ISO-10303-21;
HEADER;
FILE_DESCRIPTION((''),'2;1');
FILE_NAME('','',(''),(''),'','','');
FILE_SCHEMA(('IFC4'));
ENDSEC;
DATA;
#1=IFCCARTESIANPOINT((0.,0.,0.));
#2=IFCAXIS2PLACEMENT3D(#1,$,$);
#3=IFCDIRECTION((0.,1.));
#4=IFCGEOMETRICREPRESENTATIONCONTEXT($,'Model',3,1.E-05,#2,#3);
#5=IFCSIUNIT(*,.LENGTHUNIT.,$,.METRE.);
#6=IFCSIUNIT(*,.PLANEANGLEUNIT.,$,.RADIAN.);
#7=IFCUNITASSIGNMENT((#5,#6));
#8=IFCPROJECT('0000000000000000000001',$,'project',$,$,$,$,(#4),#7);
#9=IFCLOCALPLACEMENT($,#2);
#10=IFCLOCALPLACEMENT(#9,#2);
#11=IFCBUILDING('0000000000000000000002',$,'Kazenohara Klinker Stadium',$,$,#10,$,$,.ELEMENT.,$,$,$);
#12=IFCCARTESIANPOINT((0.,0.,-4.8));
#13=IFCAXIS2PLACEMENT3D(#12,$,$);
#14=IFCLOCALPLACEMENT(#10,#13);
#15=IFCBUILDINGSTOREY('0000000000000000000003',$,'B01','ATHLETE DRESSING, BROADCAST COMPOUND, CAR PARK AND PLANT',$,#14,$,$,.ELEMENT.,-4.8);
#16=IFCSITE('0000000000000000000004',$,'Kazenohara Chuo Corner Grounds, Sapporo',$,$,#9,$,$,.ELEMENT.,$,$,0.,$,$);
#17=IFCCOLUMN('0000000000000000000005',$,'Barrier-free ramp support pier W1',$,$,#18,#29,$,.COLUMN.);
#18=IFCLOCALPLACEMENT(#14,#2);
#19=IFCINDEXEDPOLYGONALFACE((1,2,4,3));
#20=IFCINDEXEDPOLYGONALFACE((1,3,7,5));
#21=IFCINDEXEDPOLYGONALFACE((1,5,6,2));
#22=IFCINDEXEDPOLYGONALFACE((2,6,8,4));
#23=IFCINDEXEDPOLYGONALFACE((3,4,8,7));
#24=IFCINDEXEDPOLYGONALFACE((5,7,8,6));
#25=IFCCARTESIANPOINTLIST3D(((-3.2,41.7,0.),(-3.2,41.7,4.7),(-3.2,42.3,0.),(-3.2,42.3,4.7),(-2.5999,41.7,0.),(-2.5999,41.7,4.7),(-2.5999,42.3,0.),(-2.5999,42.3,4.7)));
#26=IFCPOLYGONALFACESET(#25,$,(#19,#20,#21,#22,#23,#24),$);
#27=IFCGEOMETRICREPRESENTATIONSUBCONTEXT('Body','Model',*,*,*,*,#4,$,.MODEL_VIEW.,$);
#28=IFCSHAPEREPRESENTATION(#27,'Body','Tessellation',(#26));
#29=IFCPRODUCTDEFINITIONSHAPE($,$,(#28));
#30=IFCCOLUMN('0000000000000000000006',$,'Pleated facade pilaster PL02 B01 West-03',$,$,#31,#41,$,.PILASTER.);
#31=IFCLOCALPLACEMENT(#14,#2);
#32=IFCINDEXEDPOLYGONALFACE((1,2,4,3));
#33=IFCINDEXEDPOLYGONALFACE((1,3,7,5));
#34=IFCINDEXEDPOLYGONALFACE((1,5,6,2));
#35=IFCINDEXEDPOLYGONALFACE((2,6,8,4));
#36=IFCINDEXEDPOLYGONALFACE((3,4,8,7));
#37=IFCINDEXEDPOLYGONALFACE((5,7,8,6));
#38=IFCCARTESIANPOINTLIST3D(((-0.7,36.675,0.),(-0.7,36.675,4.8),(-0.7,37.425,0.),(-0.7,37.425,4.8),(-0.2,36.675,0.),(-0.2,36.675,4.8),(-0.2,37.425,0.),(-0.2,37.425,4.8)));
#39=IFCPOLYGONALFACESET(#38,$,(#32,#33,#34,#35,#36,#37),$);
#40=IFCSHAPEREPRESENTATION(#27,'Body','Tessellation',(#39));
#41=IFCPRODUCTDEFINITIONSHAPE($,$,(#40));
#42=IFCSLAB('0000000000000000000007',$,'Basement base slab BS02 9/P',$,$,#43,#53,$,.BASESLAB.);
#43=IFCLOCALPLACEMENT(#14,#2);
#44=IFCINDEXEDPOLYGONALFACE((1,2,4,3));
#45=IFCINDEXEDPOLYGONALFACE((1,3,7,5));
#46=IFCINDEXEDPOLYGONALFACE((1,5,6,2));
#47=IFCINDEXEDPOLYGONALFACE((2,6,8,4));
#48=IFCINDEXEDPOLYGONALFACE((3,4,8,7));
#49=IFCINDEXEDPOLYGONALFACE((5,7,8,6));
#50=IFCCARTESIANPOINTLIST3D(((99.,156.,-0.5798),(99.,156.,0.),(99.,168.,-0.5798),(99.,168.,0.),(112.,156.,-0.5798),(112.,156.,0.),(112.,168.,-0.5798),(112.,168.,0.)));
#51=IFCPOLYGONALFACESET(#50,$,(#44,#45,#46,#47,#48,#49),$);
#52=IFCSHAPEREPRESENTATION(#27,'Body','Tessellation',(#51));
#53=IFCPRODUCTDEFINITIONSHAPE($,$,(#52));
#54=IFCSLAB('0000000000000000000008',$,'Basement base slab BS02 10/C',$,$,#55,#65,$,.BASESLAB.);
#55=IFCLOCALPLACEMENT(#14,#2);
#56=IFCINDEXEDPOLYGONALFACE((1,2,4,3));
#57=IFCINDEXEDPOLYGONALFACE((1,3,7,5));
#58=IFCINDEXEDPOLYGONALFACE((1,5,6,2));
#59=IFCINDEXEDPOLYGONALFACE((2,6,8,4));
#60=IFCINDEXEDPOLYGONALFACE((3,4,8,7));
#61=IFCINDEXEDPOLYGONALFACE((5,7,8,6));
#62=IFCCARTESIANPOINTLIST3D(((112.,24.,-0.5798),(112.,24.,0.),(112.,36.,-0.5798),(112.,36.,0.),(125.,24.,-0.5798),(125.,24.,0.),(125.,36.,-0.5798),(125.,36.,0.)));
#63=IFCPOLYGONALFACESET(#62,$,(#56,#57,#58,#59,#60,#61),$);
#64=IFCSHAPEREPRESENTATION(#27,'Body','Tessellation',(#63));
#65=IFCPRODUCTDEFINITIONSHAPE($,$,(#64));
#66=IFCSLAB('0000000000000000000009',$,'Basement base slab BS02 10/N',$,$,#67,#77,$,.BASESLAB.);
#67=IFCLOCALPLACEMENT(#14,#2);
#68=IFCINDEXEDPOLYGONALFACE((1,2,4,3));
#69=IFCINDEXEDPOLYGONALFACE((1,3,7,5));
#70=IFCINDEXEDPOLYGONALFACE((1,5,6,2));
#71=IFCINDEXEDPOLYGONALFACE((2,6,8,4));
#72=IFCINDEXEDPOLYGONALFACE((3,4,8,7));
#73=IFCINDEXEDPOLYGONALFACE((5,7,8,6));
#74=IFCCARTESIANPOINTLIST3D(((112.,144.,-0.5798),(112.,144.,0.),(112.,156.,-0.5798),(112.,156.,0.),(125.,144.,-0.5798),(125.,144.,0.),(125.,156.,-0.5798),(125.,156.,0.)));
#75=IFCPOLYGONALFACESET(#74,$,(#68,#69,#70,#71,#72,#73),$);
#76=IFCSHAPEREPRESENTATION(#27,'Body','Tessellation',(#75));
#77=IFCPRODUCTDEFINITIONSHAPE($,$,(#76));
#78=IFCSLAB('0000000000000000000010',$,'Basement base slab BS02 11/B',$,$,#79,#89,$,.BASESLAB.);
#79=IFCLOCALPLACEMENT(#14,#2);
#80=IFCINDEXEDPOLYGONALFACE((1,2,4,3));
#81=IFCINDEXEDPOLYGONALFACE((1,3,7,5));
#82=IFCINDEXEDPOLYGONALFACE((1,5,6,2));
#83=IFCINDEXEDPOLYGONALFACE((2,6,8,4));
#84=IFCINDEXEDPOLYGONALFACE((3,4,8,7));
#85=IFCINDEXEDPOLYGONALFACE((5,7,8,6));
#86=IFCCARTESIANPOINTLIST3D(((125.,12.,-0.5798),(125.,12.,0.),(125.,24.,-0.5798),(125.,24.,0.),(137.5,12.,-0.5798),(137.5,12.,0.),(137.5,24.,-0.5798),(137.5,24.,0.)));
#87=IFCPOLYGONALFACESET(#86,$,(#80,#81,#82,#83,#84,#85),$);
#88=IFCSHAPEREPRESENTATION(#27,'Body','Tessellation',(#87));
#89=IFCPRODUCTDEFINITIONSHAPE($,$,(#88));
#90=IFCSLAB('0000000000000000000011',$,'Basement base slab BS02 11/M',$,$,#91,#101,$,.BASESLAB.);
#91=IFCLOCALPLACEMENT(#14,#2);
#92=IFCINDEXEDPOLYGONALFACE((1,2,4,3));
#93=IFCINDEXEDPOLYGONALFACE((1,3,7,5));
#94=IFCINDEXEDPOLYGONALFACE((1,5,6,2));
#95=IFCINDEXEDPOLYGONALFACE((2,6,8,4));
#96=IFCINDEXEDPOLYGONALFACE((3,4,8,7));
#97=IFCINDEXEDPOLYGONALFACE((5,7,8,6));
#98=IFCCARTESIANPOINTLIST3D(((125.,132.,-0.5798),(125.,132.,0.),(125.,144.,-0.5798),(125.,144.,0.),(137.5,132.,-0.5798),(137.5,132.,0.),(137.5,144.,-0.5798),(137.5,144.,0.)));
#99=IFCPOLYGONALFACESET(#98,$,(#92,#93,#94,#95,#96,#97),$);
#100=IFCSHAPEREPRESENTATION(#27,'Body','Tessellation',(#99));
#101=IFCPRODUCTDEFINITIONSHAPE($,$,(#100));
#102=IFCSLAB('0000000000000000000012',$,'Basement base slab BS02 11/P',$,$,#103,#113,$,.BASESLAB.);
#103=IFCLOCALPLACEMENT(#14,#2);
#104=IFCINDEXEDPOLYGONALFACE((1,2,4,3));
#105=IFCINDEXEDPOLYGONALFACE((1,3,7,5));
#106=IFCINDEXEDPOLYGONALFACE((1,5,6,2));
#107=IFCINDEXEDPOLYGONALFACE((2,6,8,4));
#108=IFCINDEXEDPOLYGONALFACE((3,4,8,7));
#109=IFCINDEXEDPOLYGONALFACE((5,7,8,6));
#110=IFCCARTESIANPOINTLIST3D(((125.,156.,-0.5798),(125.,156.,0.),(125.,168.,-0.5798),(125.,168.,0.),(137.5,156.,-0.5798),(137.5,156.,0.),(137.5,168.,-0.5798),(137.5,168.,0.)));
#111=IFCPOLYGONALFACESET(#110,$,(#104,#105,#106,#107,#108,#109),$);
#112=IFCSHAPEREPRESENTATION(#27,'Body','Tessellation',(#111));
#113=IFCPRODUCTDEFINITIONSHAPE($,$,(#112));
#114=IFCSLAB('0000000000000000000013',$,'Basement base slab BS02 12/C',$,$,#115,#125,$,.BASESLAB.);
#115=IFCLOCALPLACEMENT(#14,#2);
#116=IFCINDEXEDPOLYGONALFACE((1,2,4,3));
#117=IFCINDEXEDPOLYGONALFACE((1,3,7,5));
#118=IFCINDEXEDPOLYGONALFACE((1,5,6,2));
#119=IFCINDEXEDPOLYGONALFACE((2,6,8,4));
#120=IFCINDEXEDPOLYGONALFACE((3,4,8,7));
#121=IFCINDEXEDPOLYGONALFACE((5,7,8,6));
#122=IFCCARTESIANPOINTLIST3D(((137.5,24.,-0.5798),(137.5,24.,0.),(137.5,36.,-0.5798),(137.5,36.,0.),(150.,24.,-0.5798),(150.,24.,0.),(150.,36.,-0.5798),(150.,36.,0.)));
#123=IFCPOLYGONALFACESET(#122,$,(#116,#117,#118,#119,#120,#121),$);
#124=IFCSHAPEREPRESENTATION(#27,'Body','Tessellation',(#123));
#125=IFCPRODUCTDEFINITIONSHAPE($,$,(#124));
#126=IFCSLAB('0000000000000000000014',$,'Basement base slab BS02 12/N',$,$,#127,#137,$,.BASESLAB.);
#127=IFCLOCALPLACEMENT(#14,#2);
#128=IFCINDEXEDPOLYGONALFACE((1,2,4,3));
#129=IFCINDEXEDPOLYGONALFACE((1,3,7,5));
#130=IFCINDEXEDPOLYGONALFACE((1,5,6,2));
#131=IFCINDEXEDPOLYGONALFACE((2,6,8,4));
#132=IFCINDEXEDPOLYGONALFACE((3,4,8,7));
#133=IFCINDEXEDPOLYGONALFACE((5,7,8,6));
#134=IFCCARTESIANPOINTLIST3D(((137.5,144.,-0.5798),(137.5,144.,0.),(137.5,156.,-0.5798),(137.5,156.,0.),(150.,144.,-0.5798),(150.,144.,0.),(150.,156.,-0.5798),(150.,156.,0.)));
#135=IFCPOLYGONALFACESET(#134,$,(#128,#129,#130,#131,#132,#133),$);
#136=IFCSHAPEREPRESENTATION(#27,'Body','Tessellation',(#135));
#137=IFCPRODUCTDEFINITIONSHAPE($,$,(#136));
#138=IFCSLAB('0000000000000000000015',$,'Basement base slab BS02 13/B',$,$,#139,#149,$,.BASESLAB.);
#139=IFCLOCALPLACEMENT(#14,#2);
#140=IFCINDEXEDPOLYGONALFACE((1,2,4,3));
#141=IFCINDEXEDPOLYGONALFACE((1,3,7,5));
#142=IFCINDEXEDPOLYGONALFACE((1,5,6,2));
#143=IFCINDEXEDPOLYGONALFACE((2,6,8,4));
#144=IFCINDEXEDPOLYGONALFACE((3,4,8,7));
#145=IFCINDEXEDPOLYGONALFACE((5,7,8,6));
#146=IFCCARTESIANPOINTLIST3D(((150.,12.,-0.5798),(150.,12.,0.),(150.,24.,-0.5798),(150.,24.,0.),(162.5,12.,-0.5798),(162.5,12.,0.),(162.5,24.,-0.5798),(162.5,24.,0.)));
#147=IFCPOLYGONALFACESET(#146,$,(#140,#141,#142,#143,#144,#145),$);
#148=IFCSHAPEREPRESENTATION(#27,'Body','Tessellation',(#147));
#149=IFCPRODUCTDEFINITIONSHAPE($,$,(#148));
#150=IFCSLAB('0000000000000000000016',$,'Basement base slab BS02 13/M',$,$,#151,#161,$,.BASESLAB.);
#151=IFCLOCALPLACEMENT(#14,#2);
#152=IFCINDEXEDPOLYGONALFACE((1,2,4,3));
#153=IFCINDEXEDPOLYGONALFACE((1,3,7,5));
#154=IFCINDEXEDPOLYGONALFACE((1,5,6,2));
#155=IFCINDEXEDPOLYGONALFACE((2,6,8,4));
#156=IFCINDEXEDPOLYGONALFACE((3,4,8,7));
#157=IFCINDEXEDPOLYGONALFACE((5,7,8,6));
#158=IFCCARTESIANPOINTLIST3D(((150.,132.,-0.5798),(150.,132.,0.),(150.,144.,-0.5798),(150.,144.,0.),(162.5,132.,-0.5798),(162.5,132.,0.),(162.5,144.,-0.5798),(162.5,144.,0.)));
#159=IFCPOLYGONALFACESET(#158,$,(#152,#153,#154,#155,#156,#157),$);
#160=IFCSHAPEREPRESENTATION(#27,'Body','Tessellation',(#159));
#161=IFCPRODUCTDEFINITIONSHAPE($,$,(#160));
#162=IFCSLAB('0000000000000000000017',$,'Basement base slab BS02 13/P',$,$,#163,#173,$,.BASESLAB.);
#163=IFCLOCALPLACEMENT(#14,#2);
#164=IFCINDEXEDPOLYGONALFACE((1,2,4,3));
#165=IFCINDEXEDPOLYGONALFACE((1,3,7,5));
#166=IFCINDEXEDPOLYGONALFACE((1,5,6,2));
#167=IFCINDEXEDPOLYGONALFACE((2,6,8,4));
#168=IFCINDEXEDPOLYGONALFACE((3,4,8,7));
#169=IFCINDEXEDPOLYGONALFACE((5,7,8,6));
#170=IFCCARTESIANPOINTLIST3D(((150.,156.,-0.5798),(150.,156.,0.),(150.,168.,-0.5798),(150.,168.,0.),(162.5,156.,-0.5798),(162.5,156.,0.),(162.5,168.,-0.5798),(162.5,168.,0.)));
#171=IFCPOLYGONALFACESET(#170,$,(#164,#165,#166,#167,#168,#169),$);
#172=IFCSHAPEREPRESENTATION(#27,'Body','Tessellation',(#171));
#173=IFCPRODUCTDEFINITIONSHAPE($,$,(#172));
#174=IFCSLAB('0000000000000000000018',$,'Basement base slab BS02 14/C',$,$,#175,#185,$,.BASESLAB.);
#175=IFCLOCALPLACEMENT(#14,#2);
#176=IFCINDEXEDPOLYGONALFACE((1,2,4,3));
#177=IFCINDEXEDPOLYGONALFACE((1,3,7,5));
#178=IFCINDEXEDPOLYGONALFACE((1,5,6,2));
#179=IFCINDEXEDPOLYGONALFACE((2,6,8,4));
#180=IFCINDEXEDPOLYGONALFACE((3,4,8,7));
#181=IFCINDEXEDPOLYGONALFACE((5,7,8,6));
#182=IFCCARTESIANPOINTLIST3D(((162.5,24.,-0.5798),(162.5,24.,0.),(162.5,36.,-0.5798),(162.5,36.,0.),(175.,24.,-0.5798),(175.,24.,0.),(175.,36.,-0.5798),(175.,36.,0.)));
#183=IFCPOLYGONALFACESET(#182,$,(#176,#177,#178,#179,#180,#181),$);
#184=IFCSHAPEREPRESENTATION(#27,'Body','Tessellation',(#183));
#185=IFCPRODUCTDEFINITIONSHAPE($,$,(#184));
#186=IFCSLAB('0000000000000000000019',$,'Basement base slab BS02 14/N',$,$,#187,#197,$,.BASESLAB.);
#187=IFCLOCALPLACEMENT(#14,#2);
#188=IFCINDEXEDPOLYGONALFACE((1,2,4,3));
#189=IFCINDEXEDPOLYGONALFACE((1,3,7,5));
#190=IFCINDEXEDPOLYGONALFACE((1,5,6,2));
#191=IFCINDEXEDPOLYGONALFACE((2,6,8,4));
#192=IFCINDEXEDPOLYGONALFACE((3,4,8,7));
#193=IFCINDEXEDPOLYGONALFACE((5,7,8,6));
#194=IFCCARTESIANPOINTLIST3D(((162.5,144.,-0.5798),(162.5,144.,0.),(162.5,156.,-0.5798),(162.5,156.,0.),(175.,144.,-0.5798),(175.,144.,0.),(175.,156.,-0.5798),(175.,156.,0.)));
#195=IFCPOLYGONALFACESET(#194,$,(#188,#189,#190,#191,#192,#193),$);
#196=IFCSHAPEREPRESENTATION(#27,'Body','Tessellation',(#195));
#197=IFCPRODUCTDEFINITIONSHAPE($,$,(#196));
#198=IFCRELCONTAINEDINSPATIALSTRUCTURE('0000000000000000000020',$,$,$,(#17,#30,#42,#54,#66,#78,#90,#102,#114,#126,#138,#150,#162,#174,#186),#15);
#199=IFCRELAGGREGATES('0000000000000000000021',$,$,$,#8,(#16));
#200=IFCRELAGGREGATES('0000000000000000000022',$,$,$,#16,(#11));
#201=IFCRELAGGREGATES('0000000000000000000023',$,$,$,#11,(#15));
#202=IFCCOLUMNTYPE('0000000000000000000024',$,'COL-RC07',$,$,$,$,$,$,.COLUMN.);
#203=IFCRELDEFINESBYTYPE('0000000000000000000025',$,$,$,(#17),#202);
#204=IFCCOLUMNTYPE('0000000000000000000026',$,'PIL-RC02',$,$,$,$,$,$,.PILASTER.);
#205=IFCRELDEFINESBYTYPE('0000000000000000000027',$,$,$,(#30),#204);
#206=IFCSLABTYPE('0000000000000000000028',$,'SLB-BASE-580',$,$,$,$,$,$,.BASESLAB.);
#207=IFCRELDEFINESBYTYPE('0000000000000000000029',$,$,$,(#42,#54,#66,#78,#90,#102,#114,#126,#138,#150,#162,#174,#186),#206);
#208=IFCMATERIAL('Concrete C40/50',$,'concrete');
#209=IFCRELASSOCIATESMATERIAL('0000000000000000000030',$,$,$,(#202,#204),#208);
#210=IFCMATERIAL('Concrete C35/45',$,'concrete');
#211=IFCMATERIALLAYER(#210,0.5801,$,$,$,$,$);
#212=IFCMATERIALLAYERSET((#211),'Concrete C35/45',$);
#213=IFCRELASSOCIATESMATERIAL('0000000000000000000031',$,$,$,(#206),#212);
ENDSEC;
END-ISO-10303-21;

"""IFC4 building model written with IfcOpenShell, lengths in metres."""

from ifc_helpers import new_model, si_unit, direction, frame, origin, origin_2d, place, context, subcontext, project, spatial, polyline, rectangle, outline, extrude, material, layer, layer_set, material_profile, profile_set, type_object, element, save


model = new_model("IFC4")

# Units and contexts
model_context = context("Model", 3, precision=1e-05, world=origin(), true_north=direction((0.0, 1.0)))
body_context = subcontext(model_context, "Body", "Model", "MODEL_VIEW")
ifc_project = project(units=[si_unit("LENGTHUNIT", "METRE"), si_unit("PLANEANGLEUNIT", "RADIAN")], contexts=[model_context])

# Site, building, storey
site_placement = place(None, origin())
site = spatial("IfcSite", under=ifc_project, at=site_placement, Name="Kazenohara Chuo Corner Grounds, Sapporo", CompositionType="ELEMENT", RefElevation=0.0)
building_placement = place(site_placement, origin())
building = spatial("IfcBuilding", under=site, at=building_placement, Name="Kazenohara Klinker Stadium", CompositionType="ELEMENT")
storey_placement = place(building_placement, frame((0.0, 0.0, -4.8)))
storey = spatial("IfcBuildingStorey", under=building, at=storey_placement, Name="B01", Description="ATHLETE DRESSING, BROADCAST COMPOUND, CAR PARK AND PLANT", CompositionType="ELEMENT", Elevation=-4.8)

# Shared definitions
ifc_material_1 = material(Name="Concrete C35/45", Category="concrete")

# Columns
ifc_material_2 = material(Name="Concrete C40/50", Category="concrete")
ifc_material_profile_1 = material_profile(ifc_material_2, rectangle(XDim=0.6001, YDim=0.6001, at=origin_2d()), Name="RC-COL-600x600")
ifc_profile_set_1 = profile_set([ifc_material_profile_1], Name="Concrete C40/50")
column_type_1 = type_object("IfcColumnType", Name="COL-RC07", PredefinedType="COLUMN", material=ifc_profile_set_1)
column_1_placement = place(storey_placement, frame((-2.8999, 42.0, 0.0), z_axis=(0.0, 0.0, 1.0), x_axis=(1.0, 0.0, 0.0)))
element("IfcColumn", 1, at=column_1_placement, inside=storey, type_object=column_type_1, Name="Barrier-free ramp support pier W1", PredefinedType="COLUMN", context=body_context, shape_type="SweptSolid", body=[
    extrude(rectangle(XDim=0.6001, YDim=0.6001, at=origin_2d()), origin(), (0.0, 0.0, 1.0), 4.7),
])
ifc_material_profile_2 = material_profile(ifc_material_2, rectangle(XDim=0.5, YDim=0.75, at=origin_2d()), Name="RC-PILASTER-500x750")
ifc_profile_set_2 = profile_set([ifc_material_profile_2], Name="Concrete C40/50")
column_type_2 = type_object("IfcColumnType", Name="PIL-RC02", PredefinedType="PILASTER", material=ifc_profile_set_2)
column_2_placement = place(storey_placement, frame((-0.45, 37.05, 0.0), z_axis=(0.0, 0.0, 1.0), x_axis=(1.0, 0.0, 0.0)))
element("IfcColumn", 2, at=column_2_placement, inside=storey, type_object=column_type_2, Name="Pleated facade pilaster PL02 B01 West-03", PredefinedType="PILASTER", context=body_context, shape_type="SweptSolid", body=[
    extrude(rectangle(XDim=0.5, YDim=0.75, at=origin_2d()), origin(), (0.0, 0.0, 1.0), 4.8),
])

# Slabs
ifc_layer_1 = layer(ifc_material_1, 0.5801)
ifc_layer_set_1 = layer_set([ifc_layer_1], Name="Concrete C35/45")
slab_type_1 = type_object("IfcSlabType", Name="SLB-BASE-580", PredefinedType="BASESLAB", material=ifc_layer_set_1)
slab_1_placement = place(storey_placement, frame((0.0, 0.0, -0.5798)))
element("IfcSlab", 3, at=slab_1_placement, inside=storey, type_object=slab_type_1, Name="Basement base slab BS02 9/P", PredefinedType="BASESLAB", context=body_context, shape_type="SweptSolid", body=[
    extrude(outline(polyline([(99.0, 156.0), (112.0, 156.0), (112.0, 168.0), (99.0, 168.0), (99.0, 156.0)])), origin(), (0.0, 0.0, 1.0), 0.5798),
])
slab_2_placement = place(storey_placement, frame((0.0, 0.0, -0.5798)))
element("IfcSlab", 4, at=slab_2_placement, inside=storey, type_object=slab_type_1, Name="Basement base slab BS02 10/C", PredefinedType="BASESLAB", context=body_context, shape_type="SweptSolid", body=[
    extrude(outline(polyline([(112.0, 24.0), (125.0, 24.0), (125.0, 36.0), (112.0, 36.0), (112.0, 24.0)])), origin(), (0.0, 0.0, 1.0), 0.5798),
])
slab_3_placement = place(storey_placement, frame((0.0, 0.0, -0.5798)))
element("IfcSlab", 5, at=slab_3_placement, inside=storey, type_object=slab_type_1, Name="Basement base slab BS02 10/N", PredefinedType="BASESLAB", context=body_context, shape_type="SweptSolid", body=[
    extrude(outline(polyline([(112.0, 144.0), (125.0, 144.0), (125.0, 156.0), (112.0, 156.0), (112.0, 144.0)])), origin(), (0.0, 0.0, 1.0), 0.5798),
])
slab_4_placement = place(storey_placement, frame((0.0, 0.0, -0.5798)))
element("IfcSlab", 6, at=slab_4_placement, inside=storey, type_object=slab_type_1, Name="Basement base slab BS02 11/B", PredefinedType="BASESLAB", context=body_context, shape_type="SweptSolid", body=[
    extrude(outline(polyline([(125.0, 12.0), (137.5, 12.0), (137.5, 24.0), (125.0, 24.0), (125.0, 12.0)])), origin(), (0.0, 0.0, 1.0), 0.5798),
])
slab_5_placement = place(storey_placement, frame((0.0, 0.0, -0.5798)))
element("IfcSlab", 7, at=slab_5_placement, inside=storey, type_object=slab_type_1, Name="Basement base slab BS02 11/M", PredefinedType="BASESLAB", context=body_context, shape_type="SweptSolid", body=[
    extrude(outline(polyline([(125.0, 132.0), (137.5, 132.0), (137.5, 144.0), (125.0, 144.0), (125.0, 132.0)])), origin(), (0.0, 0.0, 1.0), 0.5798),
])
slab_6_placement = place(storey_placement, frame((0.0, 0.0, -0.5798)))
element("IfcSlab", 8, at=slab_6_placement, inside=storey, type_object=slab_type_1, Name="Basement base slab BS02 11/P", PredefinedType="BASESLAB", context=body_context, shape_type="SweptSolid", body=[
    extrude(outline(polyline([(125.0, 156.0), (137.5, 156.0), (137.5, 168.0), (125.0, 168.0), (125.0, 156.0)])), origin(), (0.0, 0.0, 1.0), 0.5798),
])
slab_7_placement = place(storey_placement, frame((0.0, 0.0, -0.5798)))
element("IfcSlab", 9, at=slab_7_placement, inside=storey, type_object=slab_type_1, Name="Basement base slab BS02 12/C", PredefinedType="BASESLAB", context=body_context, shape_type="SweptSolid", body=[
    extrude(outline(polyline([(137.5, 24.0), (150.0, 24.0), (150.0, 36.0), (137.5, 36.0), (137.5, 24.0)])), origin(), (0.0, 0.0, 1.0), 0.5798),
])
slab_8_placement = place(storey_placement, frame((0.0, 0.0, -0.5798)))
element("IfcSlab", 10, at=slab_8_placement, inside=storey, type_object=slab_type_1, Name="Basement base slab BS02 12/N", PredefinedType="BASESLAB", context=body_context, shape_type="SweptSolid", body=[
    extrude(outline(polyline([(137.5, 144.0), (150.0, 144.0), (150.0, 156.0), (137.5, 156.0), (137.5, 144.0)])), origin(), (0.0, 0.0, 1.0), 0.5798),
])
slab_9_placement = place(storey_placement, frame((0.0, 0.0, -0.5798)))
element("IfcSlab", 11, at=slab_9_placement, inside=storey, type_object=slab_type_1, Name="Basement base slab BS02 13/B", PredefinedType="BASESLAB", context=body_context, shape_type="SweptSolid", body=[
    extrude(outline(polyline([(150.0, 12.0), (162.5, 12.0), (162.5, 24.0), (150.0, 24.0), (150.0, 12.0)])), origin(), (0.0, 0.0, 1.0), 0.5798),
])
slab_10_placement = place(storey_placement, frame((0.0, 0.0, -0.5798)))
element("IfcSlab", 12, at=slab_10_placement, inside=storey, type_object=slab_type_1, Name="Basement base slab BS02 13/M", PredefinedType="BASESLAB", context=body_context, shape_type="SweptSolid", body=[
    extrude(outline(polyline([(150.0, 132.0), (162.5, 132.0), (162.5, 144.0), (150.0, 144.0), (150.0, 132.0)])), origin(), (0.0, 0.0, 1.0), 0.5798),
])
slab_11_placement = place(storey_placement, frame((0.0, 0.0, -0.5798)))
element("IfcSlab", 13, at=slab_11_placement, inside=storey, type_object=slab_type_1, Name="Basement base slab BS02 13/P", PredefinedType="BASESLAB", context=body_context, shape_type="SweptSolid", body=[
    extrude(outline(polyline([(150.0, 156.0), (162.5, 156.0), (162.5, 168.0), (150.0, 168.0), (150.0, 156.0)])), origin(), (0.0, 0.0, 1.0), 0.5798),
])
slab_12_placement = place(storey_placement, frame((0.0, 0.0, -0.5798)))
element("IfcSlab", 14, at=slab_12_placement, inside=storey, type_object=slab_type_1, Name="Basement base slab BS02 14/C", PredefinedType="BASESLAB", context=body_context, shape_type="SweptSolid", body=[
    extrude(outline(polyline([(162.5, 24.0), (175.0, 24.0), (175.0, 36.0), (162.5, 36.0), (162.5, 24.0)])), origin(), (0.0, 0.0, 1.0), 0.5798),
])
slab_13_placement = place(storey_placement, frame((0.0, 0.0, -0.5798)))
element("IfcSlab", 15, at=slab_13_placement, inside=storey, type_object=slab_type_1, Name="Basement base slab BS02 14/N", PredefinedType="BASESLAB", context=body_context, shape_type="SweptSolid", body=[
    extrude(outline(polyline([(162.5, 144.0), (175.0, 144.0), (175.0, 156.0), (162.5, 156.0), (162.5, 144.0)])), origin(), (0.0, 0.0, 1.0), 0.5798),
])

save(model, "model.ifc")
